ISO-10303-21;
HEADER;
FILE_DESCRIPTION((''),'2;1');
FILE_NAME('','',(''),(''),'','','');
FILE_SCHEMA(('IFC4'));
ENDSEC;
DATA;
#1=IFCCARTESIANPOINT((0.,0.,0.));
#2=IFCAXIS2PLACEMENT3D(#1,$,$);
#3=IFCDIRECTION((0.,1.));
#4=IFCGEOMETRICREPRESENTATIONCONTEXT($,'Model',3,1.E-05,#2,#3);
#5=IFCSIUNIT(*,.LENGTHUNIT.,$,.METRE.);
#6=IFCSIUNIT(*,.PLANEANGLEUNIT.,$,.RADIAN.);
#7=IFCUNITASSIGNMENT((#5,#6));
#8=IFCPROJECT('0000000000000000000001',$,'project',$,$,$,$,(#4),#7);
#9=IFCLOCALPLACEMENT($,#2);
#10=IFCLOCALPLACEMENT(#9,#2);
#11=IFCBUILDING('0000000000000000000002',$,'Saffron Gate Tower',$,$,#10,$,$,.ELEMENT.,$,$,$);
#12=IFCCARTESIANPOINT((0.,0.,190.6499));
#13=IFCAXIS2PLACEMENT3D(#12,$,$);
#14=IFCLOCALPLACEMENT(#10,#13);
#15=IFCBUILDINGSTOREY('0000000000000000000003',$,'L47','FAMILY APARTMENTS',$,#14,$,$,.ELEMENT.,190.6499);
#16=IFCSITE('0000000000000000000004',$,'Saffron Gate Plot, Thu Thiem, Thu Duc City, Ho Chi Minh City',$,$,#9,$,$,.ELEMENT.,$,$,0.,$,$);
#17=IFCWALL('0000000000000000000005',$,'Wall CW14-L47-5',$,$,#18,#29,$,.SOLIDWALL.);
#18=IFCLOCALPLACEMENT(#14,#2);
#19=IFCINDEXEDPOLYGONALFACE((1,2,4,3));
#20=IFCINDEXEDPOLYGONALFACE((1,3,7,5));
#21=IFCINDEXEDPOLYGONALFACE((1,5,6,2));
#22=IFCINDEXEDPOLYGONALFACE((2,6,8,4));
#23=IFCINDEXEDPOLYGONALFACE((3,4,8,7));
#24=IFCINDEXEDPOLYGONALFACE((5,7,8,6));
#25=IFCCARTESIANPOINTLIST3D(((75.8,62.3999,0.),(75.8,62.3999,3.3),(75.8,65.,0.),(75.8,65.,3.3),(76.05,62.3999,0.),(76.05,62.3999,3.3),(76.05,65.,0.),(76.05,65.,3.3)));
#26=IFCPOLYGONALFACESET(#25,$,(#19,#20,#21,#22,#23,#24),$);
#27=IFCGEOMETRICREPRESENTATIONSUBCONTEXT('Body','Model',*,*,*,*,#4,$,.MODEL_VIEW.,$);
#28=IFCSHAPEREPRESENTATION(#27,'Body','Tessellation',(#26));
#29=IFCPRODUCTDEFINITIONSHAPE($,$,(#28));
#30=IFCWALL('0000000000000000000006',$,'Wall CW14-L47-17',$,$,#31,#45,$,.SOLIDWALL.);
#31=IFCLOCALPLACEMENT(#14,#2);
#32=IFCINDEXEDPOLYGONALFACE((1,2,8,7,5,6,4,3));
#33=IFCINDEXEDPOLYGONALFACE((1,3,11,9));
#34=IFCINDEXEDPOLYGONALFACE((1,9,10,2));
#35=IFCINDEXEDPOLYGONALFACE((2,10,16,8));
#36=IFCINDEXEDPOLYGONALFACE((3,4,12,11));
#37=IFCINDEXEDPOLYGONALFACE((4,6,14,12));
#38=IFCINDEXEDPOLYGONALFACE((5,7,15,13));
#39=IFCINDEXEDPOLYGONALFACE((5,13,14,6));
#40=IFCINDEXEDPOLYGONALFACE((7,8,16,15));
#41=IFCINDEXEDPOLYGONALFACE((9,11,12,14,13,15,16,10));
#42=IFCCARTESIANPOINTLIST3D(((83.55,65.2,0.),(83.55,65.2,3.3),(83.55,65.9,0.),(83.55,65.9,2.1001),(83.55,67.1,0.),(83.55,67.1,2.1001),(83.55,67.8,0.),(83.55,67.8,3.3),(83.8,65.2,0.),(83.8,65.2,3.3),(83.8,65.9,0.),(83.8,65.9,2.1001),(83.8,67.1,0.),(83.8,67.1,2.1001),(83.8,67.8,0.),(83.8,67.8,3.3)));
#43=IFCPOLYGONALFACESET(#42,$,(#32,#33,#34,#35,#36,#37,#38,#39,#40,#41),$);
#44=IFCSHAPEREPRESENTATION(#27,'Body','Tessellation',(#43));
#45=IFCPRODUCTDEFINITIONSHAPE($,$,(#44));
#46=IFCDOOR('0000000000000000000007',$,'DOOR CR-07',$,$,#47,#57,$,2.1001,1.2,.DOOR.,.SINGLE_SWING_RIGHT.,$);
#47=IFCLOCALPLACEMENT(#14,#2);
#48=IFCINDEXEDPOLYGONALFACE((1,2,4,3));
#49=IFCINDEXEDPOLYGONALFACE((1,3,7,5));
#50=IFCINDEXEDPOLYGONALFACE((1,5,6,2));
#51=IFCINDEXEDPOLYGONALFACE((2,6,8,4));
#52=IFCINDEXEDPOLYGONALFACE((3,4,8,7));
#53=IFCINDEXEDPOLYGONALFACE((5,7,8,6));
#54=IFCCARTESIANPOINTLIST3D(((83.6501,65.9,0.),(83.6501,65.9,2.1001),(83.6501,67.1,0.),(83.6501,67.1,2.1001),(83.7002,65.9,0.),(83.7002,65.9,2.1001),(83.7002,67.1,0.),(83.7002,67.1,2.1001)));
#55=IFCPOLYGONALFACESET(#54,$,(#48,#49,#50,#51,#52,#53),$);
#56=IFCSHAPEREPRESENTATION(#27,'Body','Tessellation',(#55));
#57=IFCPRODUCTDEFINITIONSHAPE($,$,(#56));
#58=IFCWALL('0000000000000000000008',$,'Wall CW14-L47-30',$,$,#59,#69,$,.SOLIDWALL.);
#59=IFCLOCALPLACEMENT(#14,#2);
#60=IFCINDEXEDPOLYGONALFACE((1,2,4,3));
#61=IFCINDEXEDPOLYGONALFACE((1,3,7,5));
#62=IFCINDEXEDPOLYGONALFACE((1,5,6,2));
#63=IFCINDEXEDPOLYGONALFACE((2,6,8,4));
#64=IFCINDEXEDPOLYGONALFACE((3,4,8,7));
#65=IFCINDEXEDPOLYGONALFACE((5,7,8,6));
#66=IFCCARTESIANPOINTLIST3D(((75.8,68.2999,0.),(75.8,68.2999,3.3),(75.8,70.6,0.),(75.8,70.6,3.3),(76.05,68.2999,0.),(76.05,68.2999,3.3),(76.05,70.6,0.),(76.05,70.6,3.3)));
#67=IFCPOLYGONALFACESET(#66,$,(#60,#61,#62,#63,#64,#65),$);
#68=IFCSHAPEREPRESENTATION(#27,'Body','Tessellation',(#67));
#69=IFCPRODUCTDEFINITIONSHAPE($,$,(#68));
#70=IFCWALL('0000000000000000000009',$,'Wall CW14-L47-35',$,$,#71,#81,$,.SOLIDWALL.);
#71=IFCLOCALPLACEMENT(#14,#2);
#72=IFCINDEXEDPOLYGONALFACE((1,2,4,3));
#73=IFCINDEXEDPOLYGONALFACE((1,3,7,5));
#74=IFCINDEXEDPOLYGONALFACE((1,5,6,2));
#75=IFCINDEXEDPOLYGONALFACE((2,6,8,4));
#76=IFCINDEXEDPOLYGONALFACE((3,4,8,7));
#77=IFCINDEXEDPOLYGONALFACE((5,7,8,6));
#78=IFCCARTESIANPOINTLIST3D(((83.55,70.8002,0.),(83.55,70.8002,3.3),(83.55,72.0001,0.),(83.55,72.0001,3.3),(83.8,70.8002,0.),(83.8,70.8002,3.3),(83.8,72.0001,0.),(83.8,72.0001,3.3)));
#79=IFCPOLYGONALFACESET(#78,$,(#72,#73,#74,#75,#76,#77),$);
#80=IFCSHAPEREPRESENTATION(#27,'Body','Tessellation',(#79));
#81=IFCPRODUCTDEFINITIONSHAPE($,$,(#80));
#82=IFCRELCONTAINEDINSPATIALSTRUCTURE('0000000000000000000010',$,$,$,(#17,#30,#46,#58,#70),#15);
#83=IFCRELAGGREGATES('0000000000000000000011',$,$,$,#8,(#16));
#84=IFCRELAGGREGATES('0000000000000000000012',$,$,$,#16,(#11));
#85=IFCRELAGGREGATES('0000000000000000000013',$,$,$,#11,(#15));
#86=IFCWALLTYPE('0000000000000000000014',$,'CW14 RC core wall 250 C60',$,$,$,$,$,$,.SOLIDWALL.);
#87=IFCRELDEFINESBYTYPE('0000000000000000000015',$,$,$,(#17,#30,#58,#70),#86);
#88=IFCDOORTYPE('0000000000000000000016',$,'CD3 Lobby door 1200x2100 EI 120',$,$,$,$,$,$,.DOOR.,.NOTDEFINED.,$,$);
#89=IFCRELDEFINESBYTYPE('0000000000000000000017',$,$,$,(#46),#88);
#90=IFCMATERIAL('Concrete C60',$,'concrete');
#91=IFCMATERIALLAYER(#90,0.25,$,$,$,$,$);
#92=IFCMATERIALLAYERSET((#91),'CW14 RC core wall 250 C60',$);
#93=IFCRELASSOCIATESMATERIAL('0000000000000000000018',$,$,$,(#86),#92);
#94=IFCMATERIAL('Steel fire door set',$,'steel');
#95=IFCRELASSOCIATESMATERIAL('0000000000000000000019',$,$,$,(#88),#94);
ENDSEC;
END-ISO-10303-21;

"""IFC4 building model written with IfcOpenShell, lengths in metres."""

from ifc_helpers import new_model, si_unit, direction, frame, frame_2d, origin, place, context, subcontext, project, spatial, rectangle, extrude, material, layer, layer_set, type_object, element, fill, save


model = new_model("IFC4")

# Units and contexts
model_context = context("Model", 3, precision=1e-05, world=origin(), true_north=direction((0.0, 1.0)))
body_context = subcontext(model_context, "Body", "Model", "MODEL_VIEW")
ifc_project = project(units=[si_unit("LENGTHUNIT", "METRE"), si_unit("PLANEANGLEUNIT", "RADIAN")], contexts=[model_context])

# Site, building, storey
site_placement = place(None, origin())
site = spatial("IfcSite", under=ifc_project, at=site_placement, Name="Saffron Gate Plot, Thu Thiem, Thu Duc City, Ho Chi Minh City", CompositionType="ELEMENT", RefElevation=0.0)
building_placement = place(site_placement, origin())
building = spatial("IfcBuilding", under=site, at=building_placement, Name="Saffron Gate Tower", CompositionType="ELEMENT")
storey_placement = place(building_placement, frame((0.0, 0.0, 190.6499)))
storey = spatial("IfcBuildingStorey", under=building, at=storey_placement, Name="L47", Description="FAMILY APARTMENTS", CompositionType="ELEMENT", Elevation=190.6499)

# Wall
ifc_material_1 = material(Name="Concrete C60", Category="concrete")
ifc_layer_1 = layer(ifc_material_1, 0.25)
ifc_layer_set_1 = layer_set([ifc_layer_1], Name="CW14 RC core wall 250 C60")
wall_type_1 = type_object("IfcWallType", Name="CW14 RC core wall 250 C60", PredefinedType="SOLIDWALL", material=ifc_layer_set_1)
wall_1_placement = place(storey_placement, frame((75.925, 62.3999, 0.0), z_axis=(0.0, 0.0, 1.0), x_axis=(0.0, 1.0, 0.0)))
element("IfcWall", 1, at=wall_1_placement, inside=storey, type_object=wall_type_1, Name="Wall CW14-L47-5", PredefinedType="SOLIDWALL", context=body_context, shape_type="SweptSolid", body=[
    extrude(rectangle(XDim=2.6001, YDim=0.25, at=frame_2d((1.3, 0.0))), origin(), (0.0, 0.0, 1.0), 3.3),
])

# Wall, opening, door
wall_2_placement = place(storey_placement, frame((83.675, 65.2, 0.0), z_axis=(0.0, 0.0, 1.0), x_axis=(0.0, 1.0, 0.0)))
wall_2 = element("IfcWall", 2, at=wall_2_placement, inside=storey, type_object=wall_type_1, Name="Wall CW14-L47-17", PredefinedType="SOLIDWALL", context=body_context, shape_type="SweptSolid", body=[
    extrude(rectangle(XDim=2.6001, YDim=0.25, at=frame_2d((1.3, 0.0))), origin(), (0.0, 0.0, 1.0), 3.3),
])
opening_1_placement = place(wall_2_placement, frame((0.7, 0.0, 0.0)))
opening_1 = element("IfcOpeningElement", 3, at=opening_1_placement, cuts=wall_2, PredefinedType="OPENING", context=body_context, shape_type="SweptSolid", body=[
    extrude(rectangle(XDim=1.2, YDim=2.1001, at=frame_2d((0.6001, 1.05))), frame((0.0, 0.135, 0.0), z_axis=(0.0, -1.0, 0.0), x_axis=(1.0, 0.0, 0.0)), (0.0, 0.0, 1.0), 0.27),
])
ifc_material_2 = material(Name="Steel fire door set", Category="steel")
door_type_1 = type_object("IfcDoorType", Name="CD3 Lobby door 1200x2100 EI 120", OperationType="NOTDEFINED", PredefinedType="DOOR", material=ifc_material_2)
door_1_placement = place(opening_1_placement, origin())
door_1 = element("IfcDoor", 4, at=door_1_placement, inside=storey, type_object=door_type_1, Name="DOOR CR-07", OperationType="SINGLE_SWING_RIGHT", OverallHeight=2.1001, OverallWidth=1.2, PredefinedType="DOOR", context=body_context, shape_type="SweptSolid", body=[
    extrude(rectangle(XDim=1.2, YDim=2.1001, at=frame_2d((0.6001, 1.05))), frame((0.0, 0.0249, 0.0), z_axis=(0.0, -1.0, 0.0), x_axis=(1.0, 0.0, 0.0)), (0.0, 0.0, 1.0), 0.05),
])
fill(opening_1, door_1)

# Walls
wall_3_placement = place(storey_placement, frame((75.925, 68.3, 0.0), z_axis=(0.0, 0.0, 1.0), x_axis=(0.0, 1.0, 0.0)))
element("IfcWall", 5, at=wall_3_placement, inside=storey, type_object=wall_type_1, Name="Wall CW14-L47-30", PredefinedType="SOLIDWALL", context=body_context, shape_type="SweptSolid", body=[
    extrude(rectangle(XDim=2.3, YDim=0.25, at=frame_2d((1.1499, 0.0))), origin(), (0.0, 0.0, 1.0), 3.3),
])
wall_4_placement = place(storey_placement, frame((83.675, 70.8, 0.0), z_axis=(0.0, 0.0, 1.0), x_axis=(0.0, 1.0, 0.0)))
element("IfcWall", 6, at=wall_4_placement, inside=storey, type_object=wall_type_1, Name="Wall CW14-L47-35", PredefinedType="SOLIDWALL", context=body_context, shape_type="SweptSolid", body=[
    extrude(rectangle(XDim=1.2, YDim=0.25, at=frame_2d((0.6001, 0.0))), origin(), (0.0, 0.0, 1.0), 3.3),
])

save(model, "model.ifc")
